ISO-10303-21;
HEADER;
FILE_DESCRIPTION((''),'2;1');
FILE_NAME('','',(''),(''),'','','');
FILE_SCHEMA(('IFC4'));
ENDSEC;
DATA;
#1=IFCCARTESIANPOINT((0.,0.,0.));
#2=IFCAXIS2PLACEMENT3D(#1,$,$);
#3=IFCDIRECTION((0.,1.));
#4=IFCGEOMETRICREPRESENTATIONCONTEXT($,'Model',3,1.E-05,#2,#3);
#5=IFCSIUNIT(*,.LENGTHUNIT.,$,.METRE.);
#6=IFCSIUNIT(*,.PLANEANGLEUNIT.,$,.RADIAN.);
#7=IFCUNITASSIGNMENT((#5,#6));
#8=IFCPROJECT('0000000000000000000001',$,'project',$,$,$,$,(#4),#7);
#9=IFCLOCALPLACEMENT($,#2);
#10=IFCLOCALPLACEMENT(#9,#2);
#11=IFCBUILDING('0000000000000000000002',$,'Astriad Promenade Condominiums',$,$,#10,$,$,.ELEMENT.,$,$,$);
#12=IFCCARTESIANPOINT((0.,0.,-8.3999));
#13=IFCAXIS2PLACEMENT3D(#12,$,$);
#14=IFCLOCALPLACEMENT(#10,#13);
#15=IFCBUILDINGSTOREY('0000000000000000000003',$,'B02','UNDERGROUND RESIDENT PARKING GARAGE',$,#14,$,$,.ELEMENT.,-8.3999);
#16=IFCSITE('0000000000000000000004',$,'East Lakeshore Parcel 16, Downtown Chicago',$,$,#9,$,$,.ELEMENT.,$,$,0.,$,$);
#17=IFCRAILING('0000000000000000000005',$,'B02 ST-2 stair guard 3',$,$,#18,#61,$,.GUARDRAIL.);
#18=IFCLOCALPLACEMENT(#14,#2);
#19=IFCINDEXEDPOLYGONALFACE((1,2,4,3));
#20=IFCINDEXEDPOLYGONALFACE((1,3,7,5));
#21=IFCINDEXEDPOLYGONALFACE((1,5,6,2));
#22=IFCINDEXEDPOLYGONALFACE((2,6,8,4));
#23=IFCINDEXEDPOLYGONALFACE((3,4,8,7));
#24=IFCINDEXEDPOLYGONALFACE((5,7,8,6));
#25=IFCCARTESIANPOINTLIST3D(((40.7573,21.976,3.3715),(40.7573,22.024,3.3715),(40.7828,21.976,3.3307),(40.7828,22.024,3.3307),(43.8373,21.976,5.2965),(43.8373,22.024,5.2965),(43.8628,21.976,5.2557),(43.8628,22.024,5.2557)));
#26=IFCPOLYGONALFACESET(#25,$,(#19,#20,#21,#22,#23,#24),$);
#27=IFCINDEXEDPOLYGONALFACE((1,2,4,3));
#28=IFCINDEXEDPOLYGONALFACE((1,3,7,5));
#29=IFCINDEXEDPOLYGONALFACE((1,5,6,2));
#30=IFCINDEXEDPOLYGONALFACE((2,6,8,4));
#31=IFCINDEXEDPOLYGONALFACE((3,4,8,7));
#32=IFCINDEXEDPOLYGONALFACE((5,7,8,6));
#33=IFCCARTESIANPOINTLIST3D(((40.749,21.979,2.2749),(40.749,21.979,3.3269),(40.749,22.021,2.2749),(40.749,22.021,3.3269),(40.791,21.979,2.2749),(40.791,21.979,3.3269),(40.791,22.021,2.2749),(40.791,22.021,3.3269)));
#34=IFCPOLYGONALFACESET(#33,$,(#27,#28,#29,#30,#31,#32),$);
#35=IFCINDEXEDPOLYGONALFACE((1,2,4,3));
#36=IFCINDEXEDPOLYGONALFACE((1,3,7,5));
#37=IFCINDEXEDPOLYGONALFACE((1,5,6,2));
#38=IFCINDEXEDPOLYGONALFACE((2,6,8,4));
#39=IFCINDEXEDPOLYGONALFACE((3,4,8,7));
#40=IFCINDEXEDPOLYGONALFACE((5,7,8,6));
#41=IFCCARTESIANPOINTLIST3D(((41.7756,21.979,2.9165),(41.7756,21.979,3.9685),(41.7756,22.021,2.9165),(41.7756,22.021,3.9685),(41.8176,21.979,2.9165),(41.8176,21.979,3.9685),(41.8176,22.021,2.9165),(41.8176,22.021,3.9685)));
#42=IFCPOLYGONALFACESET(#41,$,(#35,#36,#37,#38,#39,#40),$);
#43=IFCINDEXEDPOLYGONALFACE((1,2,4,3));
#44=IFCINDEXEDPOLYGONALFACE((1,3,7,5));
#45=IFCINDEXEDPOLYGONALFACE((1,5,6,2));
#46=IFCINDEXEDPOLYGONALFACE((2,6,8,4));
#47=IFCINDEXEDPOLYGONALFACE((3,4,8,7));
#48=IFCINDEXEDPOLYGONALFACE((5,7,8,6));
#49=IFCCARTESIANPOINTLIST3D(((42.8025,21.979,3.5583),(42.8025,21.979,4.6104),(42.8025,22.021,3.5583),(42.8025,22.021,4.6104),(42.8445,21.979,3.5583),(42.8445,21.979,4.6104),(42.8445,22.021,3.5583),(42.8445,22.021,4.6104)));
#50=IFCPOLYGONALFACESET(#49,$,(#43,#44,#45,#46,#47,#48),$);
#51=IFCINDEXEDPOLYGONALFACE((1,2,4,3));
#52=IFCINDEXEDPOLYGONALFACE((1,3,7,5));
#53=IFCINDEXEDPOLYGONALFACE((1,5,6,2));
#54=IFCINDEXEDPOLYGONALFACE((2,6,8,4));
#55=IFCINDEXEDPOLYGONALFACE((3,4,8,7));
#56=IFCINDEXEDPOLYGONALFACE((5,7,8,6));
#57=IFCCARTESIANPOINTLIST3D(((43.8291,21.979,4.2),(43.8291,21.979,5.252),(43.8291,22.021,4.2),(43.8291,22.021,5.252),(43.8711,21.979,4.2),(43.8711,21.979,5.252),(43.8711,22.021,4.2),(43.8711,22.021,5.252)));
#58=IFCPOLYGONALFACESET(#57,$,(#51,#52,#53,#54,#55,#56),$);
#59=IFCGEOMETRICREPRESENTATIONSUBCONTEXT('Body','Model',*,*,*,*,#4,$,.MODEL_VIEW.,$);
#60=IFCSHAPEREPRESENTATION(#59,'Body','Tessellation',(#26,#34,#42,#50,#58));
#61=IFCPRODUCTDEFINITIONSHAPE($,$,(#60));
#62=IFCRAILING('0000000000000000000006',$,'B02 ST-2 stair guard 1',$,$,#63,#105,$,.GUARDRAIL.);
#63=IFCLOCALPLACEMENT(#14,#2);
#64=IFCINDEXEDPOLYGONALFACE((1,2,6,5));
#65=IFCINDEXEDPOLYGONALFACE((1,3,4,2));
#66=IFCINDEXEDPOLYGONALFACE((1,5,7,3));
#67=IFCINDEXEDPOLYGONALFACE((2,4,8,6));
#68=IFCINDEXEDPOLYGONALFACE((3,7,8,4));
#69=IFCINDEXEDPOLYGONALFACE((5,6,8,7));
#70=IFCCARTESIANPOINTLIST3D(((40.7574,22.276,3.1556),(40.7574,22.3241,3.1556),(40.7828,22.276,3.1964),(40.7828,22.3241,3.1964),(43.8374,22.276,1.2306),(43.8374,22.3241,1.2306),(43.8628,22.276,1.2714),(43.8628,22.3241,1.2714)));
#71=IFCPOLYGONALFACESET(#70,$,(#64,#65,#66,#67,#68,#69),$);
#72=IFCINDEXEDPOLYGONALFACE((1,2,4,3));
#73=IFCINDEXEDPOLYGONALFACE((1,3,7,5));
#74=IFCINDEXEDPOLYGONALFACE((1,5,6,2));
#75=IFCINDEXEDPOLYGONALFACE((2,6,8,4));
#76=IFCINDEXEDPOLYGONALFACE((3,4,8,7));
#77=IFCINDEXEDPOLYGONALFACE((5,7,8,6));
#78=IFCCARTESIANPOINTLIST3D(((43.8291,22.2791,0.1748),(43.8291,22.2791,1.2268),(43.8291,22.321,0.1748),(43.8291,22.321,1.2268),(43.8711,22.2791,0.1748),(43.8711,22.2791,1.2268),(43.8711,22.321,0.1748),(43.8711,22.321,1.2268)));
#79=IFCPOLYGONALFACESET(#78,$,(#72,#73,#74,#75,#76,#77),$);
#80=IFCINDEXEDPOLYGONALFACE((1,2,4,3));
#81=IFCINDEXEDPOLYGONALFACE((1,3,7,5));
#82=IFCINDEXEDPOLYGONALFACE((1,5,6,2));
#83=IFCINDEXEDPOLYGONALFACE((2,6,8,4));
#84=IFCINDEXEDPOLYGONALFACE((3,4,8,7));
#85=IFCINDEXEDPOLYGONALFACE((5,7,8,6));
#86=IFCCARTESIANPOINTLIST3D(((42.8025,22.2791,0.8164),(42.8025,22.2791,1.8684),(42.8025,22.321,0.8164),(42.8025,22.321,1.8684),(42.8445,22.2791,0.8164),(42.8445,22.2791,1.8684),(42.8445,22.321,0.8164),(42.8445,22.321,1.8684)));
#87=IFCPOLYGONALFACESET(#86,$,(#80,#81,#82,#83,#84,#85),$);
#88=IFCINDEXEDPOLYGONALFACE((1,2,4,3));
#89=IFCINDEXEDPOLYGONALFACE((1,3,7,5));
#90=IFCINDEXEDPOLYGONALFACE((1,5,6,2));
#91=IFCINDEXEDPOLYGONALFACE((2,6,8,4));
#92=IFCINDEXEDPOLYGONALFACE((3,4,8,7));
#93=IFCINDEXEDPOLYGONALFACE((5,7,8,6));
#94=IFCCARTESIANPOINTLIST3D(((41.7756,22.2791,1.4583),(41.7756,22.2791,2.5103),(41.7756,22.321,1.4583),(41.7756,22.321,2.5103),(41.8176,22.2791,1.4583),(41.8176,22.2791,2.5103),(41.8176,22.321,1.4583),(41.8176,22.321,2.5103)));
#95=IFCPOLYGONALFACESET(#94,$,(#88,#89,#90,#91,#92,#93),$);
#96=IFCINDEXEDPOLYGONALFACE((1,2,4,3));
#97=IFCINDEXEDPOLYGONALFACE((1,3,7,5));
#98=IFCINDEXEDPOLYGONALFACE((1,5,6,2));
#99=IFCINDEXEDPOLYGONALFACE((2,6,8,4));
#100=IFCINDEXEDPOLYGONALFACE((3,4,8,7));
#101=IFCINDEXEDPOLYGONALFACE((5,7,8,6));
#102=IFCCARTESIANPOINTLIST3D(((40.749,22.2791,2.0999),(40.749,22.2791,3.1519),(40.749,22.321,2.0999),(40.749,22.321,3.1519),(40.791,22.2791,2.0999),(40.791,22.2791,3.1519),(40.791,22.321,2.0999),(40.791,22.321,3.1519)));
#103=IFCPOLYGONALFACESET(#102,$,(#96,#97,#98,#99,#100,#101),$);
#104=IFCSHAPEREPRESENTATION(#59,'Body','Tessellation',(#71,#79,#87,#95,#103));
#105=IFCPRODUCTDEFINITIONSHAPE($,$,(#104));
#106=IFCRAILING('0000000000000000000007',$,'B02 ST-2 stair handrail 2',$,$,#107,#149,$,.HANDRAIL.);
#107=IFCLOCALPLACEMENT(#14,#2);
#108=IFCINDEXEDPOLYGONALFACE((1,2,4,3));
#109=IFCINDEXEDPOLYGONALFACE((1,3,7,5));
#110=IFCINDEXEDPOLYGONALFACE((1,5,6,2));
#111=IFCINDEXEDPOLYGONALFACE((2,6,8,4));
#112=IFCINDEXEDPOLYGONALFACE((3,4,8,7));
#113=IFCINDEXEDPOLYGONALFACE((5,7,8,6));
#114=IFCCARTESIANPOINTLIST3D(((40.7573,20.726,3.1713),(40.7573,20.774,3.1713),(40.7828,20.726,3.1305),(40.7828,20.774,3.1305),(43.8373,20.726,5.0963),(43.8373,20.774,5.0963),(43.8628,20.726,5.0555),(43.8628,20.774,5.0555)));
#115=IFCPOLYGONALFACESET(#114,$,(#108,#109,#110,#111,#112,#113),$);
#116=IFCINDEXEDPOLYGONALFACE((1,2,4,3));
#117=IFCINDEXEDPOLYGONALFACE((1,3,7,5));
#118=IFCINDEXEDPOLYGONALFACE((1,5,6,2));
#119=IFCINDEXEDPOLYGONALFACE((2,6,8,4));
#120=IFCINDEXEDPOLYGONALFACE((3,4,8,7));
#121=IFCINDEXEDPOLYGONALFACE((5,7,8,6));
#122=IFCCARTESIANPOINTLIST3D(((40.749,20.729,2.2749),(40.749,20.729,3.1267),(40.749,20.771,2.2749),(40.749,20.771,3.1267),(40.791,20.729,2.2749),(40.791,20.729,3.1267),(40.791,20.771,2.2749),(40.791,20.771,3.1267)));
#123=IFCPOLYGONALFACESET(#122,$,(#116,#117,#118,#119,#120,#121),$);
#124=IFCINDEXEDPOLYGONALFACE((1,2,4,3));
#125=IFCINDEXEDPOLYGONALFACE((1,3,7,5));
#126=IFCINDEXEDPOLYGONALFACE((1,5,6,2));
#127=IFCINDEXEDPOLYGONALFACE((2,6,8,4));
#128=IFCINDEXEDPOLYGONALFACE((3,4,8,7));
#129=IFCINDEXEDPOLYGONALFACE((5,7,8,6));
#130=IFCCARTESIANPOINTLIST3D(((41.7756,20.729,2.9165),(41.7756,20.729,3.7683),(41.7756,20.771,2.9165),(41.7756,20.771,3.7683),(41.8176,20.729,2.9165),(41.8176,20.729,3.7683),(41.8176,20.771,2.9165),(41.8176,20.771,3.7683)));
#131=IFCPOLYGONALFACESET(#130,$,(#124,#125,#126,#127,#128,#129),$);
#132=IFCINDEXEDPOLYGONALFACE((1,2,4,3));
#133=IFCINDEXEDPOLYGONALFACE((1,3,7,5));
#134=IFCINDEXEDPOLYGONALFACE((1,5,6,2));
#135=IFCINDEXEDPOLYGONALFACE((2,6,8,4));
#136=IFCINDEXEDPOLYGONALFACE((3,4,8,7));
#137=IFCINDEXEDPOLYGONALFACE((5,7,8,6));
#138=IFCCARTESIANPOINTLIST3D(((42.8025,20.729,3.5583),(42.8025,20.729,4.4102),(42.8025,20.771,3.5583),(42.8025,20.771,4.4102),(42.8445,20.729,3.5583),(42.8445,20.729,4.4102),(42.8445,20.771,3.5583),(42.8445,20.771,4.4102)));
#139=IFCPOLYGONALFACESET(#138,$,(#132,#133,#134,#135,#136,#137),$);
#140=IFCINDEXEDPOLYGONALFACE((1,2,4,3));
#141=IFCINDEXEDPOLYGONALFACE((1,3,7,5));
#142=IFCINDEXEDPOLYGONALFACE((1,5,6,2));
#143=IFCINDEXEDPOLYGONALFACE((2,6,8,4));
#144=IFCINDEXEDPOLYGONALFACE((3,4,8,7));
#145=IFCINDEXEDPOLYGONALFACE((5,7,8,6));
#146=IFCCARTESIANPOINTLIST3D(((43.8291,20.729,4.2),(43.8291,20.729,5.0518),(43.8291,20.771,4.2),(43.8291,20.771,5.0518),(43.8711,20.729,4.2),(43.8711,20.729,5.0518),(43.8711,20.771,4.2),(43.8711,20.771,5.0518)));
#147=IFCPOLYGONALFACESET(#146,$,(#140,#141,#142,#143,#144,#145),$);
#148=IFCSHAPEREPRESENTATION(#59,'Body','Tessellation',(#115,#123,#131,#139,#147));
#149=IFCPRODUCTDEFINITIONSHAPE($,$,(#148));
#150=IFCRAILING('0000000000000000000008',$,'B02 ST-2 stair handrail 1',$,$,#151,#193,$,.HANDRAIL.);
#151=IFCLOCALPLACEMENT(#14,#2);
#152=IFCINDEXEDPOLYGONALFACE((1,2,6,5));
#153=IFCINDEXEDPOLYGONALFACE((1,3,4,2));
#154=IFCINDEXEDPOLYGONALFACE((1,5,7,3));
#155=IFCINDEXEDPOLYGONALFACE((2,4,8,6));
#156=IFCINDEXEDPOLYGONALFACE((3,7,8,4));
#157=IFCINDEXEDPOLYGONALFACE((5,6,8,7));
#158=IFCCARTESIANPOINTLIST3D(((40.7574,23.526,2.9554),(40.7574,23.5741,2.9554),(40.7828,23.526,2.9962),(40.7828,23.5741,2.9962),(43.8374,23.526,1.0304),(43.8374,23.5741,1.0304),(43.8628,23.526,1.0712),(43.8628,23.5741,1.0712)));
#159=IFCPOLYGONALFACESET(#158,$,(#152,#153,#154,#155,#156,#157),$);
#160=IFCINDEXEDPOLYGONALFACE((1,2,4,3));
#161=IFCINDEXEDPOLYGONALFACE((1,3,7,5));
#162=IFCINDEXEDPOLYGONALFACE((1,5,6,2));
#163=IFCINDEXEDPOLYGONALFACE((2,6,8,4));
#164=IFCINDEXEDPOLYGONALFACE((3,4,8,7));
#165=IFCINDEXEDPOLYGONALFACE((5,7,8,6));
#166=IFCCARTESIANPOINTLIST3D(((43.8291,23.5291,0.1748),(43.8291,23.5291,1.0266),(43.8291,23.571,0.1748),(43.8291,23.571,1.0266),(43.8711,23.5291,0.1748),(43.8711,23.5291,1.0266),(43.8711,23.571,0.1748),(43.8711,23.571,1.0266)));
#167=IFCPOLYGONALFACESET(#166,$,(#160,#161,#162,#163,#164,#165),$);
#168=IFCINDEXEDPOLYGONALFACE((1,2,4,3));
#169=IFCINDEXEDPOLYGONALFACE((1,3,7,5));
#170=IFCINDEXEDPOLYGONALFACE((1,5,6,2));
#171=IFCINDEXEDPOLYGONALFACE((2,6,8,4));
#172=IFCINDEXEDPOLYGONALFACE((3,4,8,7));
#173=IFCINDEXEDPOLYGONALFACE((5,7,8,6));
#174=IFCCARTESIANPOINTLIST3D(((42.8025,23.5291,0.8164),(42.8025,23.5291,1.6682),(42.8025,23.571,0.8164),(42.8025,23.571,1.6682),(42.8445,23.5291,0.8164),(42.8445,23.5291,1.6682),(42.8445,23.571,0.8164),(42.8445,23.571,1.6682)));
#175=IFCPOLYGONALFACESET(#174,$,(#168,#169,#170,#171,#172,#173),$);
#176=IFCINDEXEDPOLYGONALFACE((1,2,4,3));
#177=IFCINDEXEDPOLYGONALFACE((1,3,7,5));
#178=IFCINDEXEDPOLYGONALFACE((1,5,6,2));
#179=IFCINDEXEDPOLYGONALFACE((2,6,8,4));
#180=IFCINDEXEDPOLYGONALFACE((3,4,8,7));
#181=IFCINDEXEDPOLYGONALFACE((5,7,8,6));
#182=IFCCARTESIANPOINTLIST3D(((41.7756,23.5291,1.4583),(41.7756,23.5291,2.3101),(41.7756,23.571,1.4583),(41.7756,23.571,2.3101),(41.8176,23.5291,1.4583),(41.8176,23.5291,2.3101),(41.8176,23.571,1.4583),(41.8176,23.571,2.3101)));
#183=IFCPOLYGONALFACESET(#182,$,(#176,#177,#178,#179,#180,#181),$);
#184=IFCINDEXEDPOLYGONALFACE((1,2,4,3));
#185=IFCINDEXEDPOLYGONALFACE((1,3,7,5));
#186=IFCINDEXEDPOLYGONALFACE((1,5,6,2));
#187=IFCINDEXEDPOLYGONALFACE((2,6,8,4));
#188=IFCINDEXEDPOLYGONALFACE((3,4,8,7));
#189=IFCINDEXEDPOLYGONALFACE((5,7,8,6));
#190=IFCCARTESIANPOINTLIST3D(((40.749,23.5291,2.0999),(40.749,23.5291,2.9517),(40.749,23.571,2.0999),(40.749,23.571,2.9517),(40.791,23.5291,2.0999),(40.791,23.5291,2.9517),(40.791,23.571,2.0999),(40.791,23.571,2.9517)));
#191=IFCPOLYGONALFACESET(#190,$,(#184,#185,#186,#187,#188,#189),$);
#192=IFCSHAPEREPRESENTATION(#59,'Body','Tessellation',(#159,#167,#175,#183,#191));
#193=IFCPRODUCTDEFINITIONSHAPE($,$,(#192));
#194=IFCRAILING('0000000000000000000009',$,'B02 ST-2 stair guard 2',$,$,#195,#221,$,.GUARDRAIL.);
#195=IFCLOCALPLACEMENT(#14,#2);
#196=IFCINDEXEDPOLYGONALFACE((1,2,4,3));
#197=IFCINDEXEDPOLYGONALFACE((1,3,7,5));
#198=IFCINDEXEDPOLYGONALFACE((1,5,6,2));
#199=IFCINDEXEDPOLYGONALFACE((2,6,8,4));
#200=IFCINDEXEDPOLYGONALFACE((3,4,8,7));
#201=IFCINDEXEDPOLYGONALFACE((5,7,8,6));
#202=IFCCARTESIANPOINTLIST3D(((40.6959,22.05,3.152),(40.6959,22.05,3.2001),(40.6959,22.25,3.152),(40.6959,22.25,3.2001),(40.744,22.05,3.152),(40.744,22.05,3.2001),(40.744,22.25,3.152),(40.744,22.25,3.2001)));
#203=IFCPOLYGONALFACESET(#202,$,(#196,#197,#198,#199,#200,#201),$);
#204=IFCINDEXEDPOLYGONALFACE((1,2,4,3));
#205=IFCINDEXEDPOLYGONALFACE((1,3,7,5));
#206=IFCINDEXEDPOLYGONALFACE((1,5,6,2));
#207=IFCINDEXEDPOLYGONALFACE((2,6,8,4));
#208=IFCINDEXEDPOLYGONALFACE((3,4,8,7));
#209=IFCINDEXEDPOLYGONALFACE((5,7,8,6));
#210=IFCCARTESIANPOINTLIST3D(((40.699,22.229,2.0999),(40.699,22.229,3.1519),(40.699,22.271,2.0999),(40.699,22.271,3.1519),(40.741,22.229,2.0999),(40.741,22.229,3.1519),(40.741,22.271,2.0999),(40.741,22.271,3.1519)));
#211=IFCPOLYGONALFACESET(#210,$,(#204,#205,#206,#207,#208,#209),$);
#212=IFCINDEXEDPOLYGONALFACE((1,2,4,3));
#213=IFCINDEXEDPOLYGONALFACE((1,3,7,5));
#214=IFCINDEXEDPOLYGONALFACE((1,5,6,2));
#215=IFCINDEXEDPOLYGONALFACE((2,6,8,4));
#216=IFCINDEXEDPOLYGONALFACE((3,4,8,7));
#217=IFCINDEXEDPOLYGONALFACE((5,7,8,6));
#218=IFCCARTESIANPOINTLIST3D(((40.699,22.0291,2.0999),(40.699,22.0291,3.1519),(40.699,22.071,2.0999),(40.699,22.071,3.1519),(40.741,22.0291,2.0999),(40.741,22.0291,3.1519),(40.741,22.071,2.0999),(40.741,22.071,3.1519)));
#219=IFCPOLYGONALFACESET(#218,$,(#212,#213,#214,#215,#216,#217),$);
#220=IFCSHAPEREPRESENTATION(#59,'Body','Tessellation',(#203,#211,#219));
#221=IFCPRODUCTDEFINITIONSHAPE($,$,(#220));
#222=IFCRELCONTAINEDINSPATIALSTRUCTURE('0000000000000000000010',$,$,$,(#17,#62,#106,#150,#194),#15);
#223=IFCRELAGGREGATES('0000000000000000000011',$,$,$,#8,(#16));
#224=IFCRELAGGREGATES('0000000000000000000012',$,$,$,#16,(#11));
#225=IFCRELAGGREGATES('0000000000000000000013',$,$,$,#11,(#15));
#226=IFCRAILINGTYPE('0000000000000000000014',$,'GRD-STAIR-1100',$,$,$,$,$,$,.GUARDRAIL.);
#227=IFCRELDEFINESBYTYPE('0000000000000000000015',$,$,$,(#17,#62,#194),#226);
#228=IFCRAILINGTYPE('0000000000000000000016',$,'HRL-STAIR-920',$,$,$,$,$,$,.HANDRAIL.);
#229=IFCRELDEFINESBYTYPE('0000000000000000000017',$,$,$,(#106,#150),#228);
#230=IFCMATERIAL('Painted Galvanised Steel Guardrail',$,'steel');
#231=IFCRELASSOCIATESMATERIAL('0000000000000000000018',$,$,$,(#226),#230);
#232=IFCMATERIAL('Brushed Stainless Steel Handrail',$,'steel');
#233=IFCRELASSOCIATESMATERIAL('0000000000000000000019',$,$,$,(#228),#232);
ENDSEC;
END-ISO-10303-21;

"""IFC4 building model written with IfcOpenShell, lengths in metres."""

from ifc_helpers import new_model, si_unit, direction, frame, origin, origin_2d, place, context, subcontext, project, spatial, rectangle, extrude, source, transform, mapped, material, type_object, type_shapes, element, save


model = new_model("IFC4")

# Units and contexts
model_context = context("Model", 3, precision=1e-05, world=origin(), true_north=direction((0.0, 1.0)))
body_context = subcontext(model_context, "Body", "Model", "MODEL_VIEW")
ifc_project = project(units=[si_unit("LENGTHUNIT", "METRE"), si_unit("PLANEANGLEUNIT", "RADIAN")], contexts=[model_context])

# Site, building, storey
site_placement = place(None, origin())
site = spatial("IfcSite", under=ifc_project, at=site_placement, Name="East Lakeshore Parcel 16, Downtown Chicago", CompositionType="ELEMENT", RefElevation=0.0)
building_placement = place(site_placement, origin())
building = spatial("IfcBuilding", under=site, at=building_placement, Name="Astriad Promenade Condominiums", CompositionType="ELEMENT")
storey_placement = place(building_placement, frame((0.0, 0.0, -8.3999)))
storey = spatial("IfcBuildingStorey", under=building, at=storey_placement, Name="B02", Description="UNDERGROUND RESIDENT PARKING GARAGE", CompositionType="ELEMENT", Elevation=-8.3999)

# Railings
ifc_material_1 = material(Name="Painted Galvanised Steel Guardrail", Category="steel")
railing_type_1 = type_object("IfcRailingType", Name="GRD-STAIR-1100", PredefinedType="GUARDRAIL", material=ifc_material_1)
shared_shape_1 = source(origin(), body_context, "Body", "SweptSolid", [
    extrude(rectangle(XDim=0.0481, YDim=0.0481, at=origin_2d()), frame((0.0, 0.0, 1.0762), z_axis=(0.847998, 0.0, 0.529999), x_axis=(0.0, 1.0, 0.0)), (0.0, 0.0, 1.0), 3.6321),
    extrude(rectangle(XDim=0.042, YDim=0.042, at=origin_2d()), origin(), (0.0, 0.0, 1.0), 1.052),
    extrude(rectangle(XDim=0.042, YDim=0.042, at=origin_2d()), frame((1.0266, 0.0, 0.6416)), (0.0, 0.0, 1.0), 1.052),
    extrude(rectangle(XDim=0.042, YDim=0.042, at=origin_2d()), frame((2.0535, 0.0, 1.2834)), (0.0, 0.0, 1.0), 1.052),
    extrude(rectangle(XDim=0.042, YDim=0.042, at=origin_2d()), frame((3.0801, 0.0, 1.925)), (0.0, 0.0, 1.0), 1.052),
])
railing_1_placement = place(storey_placement, frame((40.77, 22.0, 2.2749)))
element("IfcRailing", 1, at=railing_1_placement, inside=storey, type_object=railing_type_1, Name="B02 ST-2 stair guard 3", PredefinedType="GUARDRAIL", context=body_context, shape_type="MappedRepresentation", body=[
    mapped(shared_shape_1, transform((0.0, 0.0, 0.0), scale=1.0)),
])
shared_shape_2 = source(origin(), body_context, "Body", "SweptSolid", [
    extrude(rectangle(XDim=0.0481, YDim=0.0481, at=origin_2d()), frame((0.0, 0.0, 1.0762), z_axis=(-0.847998, 0.0, 0.529999), x_axis=(0.0, -1.0, 0.0)), (0.0, 0.0, 1.0), 3.6321),
    extrude(rectangle(XDim=0.042, YDim=0.042, at=origin_2d()), origin(), (0.0, 0.0, 1.0), 1.052),
    extrude(rectangle(XDim=0.042, YDim=0.042, at=origin_2d()), frame((-1.0266, 0.0, 0.6416)), (0.0, 0.0, 1.0), 1.052),
    extrude(rectangle(XDim=0.042, YDim=0.042, at=origin_2d()), frame((-2.0535, 0.0, 1.2834)), (0.0, 0.0, 1.0), 1.052),
    extrude(rectangle(XDim=0.042, YDim=0.042, at=origin_2d()), frame((-3.0801, 0.0, 1.925)), (0.0, 0.0, 1.0), 1.052),
])
railing_2_placement = place(storey_placement, frame((43.8501, 22.3, 0.1748)))
element("IfcRailing", 2, at=railing_2_placement, inside=storey, type_object=railing_type_1, Name="B02 ST-2 stair guard 1", PredefinedType="GUARDRAIL", context=body_context, shape_type="MappedRepresentation", body=[
    mapped(shared_shape_2, transform((0.0, 0.0, 0.0), scale=1.0)),
])
ifc_material_2 = material(Name="Brushed Stainless Steel Handrail", Category="steel")
railing_type_2 = type_object("IfcRailingType", Name="HRL-STAIR-920", PredefinedType="HANDRAIL", material=ifc_material_2)
shared_shape_3 = source(origin(), body_context, "Body", "SweptSolid", [
    extrude(rectangle(XDim=0.0481, YDim=0.0481, at=origin_2d()), frame((0.0, 0.0, 0.876), z_axis=(0.847998, 0.0, 0.529999), x_axis=(0.0, 1.0, 0.0)), (0.0, 0.0, 1.0), 3.6321),
    extrude(rectangle(XDim=0.042, YDim=0.042, at=origin_2d()), origin(), (0.0, 0.0, 1.0), 0.8518),
    extrude(rectangle(XDim=0.042, YDim=0.042, at=origin_2d()), frame((1.0266, 0.0, 0.6416)), (0.0, 0.0, 1.0), 0.8518),
    extrude(rectangle(XDim=0.042, YDim=0.042, at=origin_2d()), frame((2.0535, 0.0, 1.2834)), (0.0, 0.0, 1.0), 0.8518),
    extrude(rectangle(XDim=0.042, YDim=0.042, at=origin_2d()), frame((3.0801, 0.0, 1.925)), (0.0, 0.0, 1.0), 0.8518),
])
railing_3_placement = place(storey_placement, frame((40.77, 20.75, 2.2749)))
element("IfcRailing", 3, at=railing_3_placement, inside=storey, type_object=railing_type_2, Name="B02 ST-2 stair handrail 2", PredefinedType="HANDRAIL", context=body_context, shape_type="MappedRepresentation", body=[
    mapped(shared_shape_3, transform((0.0, 0.0, 0.0), scale=1.0)),
])
shared_shape_4 = source(origin(), body_context, "Body", "SweptSolid", [
    extrude(rectangle(XDim=0.0481, YDim=0.0481, at=origin_2d()), frame((0.0, 0.0, 0.876), z_axis=(-0.847998, 0.0, 0.529999), x_axis=(0.0, -1.0, 0.0)), (0.0, 0.0, 1.0), 3.6321),
    extrude(rectangle(XDim=0.042, YDim=0.042, at=origin_2d()), origin(), (0.0, 0.0, 1.0), 0.8518),
    extrude(rectangle(XDim=0.042, YDim=0.042, at=origin_2d()), frame((-1.0266, 0.0, 0.6416)), (0.0, 0.0, 1.0), 0.8518),
    extrude(rectangle(XDim=0.042, YDim=0.042, at=origin_2d()), frame((-2.0535, 0.0, 1.2834)), (0.0, 0.0, 1.0), 0.8518),
    extrude(rectangle(XDim=0.042, YDim=0.042, at=origin_2d()), frame((-3.0801, 0.0, 1.925)), (0.0, 0.0, 1.0), 0.8518),
])
type_shapes(railing_type_2, [shared_shape_3, shared_shape_4])
railing_4_placement = place(storey_placement, frame((43.8501, 23.55, 0.1748)))
element("IfcRailing", 4, at=railing_4_placement, inside=storey, type_object=railing_type_2, Name="B02 ST-2 stair handrail 1", PredefinedType="HANDRAIL", context=body_context, shape_type="MappedRepresentation", body=[
    mapped(shared_shape_4, transform((0.0, 0.0, 0.0), scale=1.0)),
])
shared_shape_5 = source(origin(), body_context, "Body", "SweptSolid", [
    extrude(rectangle(XDim=0.0481, YDim=0.0481, at=origin_2d()), frame((0.0, 0.0, 1.0762), z_axis=(0.0, -1.0, 0.0), x_axis=(1.0, 0.0, 0.0)), (0.0, 0.0, 1.0), 0.2),
    extrude(rectangle(XDim=0.042, YDim=0.042, at=origin_2d()), origin(), (0.0, 0.0, 1.0), 1.052),
    extrude(rectangle(XDim=0.042, YDim=0.042, at=origin_2d()), frame((0.0, -0.2, 0.0)), (0.0, 0.0, 1.0), 1.052),
])
type_shapes(railing_type_1, [shared_shape_1, shared_shape_2, shared_shape_5])
for number, where, name in (
    (5, (40.72, 22.25, 2.0999), "B02 ST-2 stair guard 2"),
):
    element("IfcRailing", number, at=place(storey_placement, frame(where)), inside=storey, type_object=railing_type_1, Name=name, PredefinedType="GUARDRAIL", context=body_context, shape_type="MappedRepresentation", body=[
        mapped(shared_shape_5, transform((0.0, 0.0, 0.0), scale=1.0)),
    ])

save(model, "model.ifc")
